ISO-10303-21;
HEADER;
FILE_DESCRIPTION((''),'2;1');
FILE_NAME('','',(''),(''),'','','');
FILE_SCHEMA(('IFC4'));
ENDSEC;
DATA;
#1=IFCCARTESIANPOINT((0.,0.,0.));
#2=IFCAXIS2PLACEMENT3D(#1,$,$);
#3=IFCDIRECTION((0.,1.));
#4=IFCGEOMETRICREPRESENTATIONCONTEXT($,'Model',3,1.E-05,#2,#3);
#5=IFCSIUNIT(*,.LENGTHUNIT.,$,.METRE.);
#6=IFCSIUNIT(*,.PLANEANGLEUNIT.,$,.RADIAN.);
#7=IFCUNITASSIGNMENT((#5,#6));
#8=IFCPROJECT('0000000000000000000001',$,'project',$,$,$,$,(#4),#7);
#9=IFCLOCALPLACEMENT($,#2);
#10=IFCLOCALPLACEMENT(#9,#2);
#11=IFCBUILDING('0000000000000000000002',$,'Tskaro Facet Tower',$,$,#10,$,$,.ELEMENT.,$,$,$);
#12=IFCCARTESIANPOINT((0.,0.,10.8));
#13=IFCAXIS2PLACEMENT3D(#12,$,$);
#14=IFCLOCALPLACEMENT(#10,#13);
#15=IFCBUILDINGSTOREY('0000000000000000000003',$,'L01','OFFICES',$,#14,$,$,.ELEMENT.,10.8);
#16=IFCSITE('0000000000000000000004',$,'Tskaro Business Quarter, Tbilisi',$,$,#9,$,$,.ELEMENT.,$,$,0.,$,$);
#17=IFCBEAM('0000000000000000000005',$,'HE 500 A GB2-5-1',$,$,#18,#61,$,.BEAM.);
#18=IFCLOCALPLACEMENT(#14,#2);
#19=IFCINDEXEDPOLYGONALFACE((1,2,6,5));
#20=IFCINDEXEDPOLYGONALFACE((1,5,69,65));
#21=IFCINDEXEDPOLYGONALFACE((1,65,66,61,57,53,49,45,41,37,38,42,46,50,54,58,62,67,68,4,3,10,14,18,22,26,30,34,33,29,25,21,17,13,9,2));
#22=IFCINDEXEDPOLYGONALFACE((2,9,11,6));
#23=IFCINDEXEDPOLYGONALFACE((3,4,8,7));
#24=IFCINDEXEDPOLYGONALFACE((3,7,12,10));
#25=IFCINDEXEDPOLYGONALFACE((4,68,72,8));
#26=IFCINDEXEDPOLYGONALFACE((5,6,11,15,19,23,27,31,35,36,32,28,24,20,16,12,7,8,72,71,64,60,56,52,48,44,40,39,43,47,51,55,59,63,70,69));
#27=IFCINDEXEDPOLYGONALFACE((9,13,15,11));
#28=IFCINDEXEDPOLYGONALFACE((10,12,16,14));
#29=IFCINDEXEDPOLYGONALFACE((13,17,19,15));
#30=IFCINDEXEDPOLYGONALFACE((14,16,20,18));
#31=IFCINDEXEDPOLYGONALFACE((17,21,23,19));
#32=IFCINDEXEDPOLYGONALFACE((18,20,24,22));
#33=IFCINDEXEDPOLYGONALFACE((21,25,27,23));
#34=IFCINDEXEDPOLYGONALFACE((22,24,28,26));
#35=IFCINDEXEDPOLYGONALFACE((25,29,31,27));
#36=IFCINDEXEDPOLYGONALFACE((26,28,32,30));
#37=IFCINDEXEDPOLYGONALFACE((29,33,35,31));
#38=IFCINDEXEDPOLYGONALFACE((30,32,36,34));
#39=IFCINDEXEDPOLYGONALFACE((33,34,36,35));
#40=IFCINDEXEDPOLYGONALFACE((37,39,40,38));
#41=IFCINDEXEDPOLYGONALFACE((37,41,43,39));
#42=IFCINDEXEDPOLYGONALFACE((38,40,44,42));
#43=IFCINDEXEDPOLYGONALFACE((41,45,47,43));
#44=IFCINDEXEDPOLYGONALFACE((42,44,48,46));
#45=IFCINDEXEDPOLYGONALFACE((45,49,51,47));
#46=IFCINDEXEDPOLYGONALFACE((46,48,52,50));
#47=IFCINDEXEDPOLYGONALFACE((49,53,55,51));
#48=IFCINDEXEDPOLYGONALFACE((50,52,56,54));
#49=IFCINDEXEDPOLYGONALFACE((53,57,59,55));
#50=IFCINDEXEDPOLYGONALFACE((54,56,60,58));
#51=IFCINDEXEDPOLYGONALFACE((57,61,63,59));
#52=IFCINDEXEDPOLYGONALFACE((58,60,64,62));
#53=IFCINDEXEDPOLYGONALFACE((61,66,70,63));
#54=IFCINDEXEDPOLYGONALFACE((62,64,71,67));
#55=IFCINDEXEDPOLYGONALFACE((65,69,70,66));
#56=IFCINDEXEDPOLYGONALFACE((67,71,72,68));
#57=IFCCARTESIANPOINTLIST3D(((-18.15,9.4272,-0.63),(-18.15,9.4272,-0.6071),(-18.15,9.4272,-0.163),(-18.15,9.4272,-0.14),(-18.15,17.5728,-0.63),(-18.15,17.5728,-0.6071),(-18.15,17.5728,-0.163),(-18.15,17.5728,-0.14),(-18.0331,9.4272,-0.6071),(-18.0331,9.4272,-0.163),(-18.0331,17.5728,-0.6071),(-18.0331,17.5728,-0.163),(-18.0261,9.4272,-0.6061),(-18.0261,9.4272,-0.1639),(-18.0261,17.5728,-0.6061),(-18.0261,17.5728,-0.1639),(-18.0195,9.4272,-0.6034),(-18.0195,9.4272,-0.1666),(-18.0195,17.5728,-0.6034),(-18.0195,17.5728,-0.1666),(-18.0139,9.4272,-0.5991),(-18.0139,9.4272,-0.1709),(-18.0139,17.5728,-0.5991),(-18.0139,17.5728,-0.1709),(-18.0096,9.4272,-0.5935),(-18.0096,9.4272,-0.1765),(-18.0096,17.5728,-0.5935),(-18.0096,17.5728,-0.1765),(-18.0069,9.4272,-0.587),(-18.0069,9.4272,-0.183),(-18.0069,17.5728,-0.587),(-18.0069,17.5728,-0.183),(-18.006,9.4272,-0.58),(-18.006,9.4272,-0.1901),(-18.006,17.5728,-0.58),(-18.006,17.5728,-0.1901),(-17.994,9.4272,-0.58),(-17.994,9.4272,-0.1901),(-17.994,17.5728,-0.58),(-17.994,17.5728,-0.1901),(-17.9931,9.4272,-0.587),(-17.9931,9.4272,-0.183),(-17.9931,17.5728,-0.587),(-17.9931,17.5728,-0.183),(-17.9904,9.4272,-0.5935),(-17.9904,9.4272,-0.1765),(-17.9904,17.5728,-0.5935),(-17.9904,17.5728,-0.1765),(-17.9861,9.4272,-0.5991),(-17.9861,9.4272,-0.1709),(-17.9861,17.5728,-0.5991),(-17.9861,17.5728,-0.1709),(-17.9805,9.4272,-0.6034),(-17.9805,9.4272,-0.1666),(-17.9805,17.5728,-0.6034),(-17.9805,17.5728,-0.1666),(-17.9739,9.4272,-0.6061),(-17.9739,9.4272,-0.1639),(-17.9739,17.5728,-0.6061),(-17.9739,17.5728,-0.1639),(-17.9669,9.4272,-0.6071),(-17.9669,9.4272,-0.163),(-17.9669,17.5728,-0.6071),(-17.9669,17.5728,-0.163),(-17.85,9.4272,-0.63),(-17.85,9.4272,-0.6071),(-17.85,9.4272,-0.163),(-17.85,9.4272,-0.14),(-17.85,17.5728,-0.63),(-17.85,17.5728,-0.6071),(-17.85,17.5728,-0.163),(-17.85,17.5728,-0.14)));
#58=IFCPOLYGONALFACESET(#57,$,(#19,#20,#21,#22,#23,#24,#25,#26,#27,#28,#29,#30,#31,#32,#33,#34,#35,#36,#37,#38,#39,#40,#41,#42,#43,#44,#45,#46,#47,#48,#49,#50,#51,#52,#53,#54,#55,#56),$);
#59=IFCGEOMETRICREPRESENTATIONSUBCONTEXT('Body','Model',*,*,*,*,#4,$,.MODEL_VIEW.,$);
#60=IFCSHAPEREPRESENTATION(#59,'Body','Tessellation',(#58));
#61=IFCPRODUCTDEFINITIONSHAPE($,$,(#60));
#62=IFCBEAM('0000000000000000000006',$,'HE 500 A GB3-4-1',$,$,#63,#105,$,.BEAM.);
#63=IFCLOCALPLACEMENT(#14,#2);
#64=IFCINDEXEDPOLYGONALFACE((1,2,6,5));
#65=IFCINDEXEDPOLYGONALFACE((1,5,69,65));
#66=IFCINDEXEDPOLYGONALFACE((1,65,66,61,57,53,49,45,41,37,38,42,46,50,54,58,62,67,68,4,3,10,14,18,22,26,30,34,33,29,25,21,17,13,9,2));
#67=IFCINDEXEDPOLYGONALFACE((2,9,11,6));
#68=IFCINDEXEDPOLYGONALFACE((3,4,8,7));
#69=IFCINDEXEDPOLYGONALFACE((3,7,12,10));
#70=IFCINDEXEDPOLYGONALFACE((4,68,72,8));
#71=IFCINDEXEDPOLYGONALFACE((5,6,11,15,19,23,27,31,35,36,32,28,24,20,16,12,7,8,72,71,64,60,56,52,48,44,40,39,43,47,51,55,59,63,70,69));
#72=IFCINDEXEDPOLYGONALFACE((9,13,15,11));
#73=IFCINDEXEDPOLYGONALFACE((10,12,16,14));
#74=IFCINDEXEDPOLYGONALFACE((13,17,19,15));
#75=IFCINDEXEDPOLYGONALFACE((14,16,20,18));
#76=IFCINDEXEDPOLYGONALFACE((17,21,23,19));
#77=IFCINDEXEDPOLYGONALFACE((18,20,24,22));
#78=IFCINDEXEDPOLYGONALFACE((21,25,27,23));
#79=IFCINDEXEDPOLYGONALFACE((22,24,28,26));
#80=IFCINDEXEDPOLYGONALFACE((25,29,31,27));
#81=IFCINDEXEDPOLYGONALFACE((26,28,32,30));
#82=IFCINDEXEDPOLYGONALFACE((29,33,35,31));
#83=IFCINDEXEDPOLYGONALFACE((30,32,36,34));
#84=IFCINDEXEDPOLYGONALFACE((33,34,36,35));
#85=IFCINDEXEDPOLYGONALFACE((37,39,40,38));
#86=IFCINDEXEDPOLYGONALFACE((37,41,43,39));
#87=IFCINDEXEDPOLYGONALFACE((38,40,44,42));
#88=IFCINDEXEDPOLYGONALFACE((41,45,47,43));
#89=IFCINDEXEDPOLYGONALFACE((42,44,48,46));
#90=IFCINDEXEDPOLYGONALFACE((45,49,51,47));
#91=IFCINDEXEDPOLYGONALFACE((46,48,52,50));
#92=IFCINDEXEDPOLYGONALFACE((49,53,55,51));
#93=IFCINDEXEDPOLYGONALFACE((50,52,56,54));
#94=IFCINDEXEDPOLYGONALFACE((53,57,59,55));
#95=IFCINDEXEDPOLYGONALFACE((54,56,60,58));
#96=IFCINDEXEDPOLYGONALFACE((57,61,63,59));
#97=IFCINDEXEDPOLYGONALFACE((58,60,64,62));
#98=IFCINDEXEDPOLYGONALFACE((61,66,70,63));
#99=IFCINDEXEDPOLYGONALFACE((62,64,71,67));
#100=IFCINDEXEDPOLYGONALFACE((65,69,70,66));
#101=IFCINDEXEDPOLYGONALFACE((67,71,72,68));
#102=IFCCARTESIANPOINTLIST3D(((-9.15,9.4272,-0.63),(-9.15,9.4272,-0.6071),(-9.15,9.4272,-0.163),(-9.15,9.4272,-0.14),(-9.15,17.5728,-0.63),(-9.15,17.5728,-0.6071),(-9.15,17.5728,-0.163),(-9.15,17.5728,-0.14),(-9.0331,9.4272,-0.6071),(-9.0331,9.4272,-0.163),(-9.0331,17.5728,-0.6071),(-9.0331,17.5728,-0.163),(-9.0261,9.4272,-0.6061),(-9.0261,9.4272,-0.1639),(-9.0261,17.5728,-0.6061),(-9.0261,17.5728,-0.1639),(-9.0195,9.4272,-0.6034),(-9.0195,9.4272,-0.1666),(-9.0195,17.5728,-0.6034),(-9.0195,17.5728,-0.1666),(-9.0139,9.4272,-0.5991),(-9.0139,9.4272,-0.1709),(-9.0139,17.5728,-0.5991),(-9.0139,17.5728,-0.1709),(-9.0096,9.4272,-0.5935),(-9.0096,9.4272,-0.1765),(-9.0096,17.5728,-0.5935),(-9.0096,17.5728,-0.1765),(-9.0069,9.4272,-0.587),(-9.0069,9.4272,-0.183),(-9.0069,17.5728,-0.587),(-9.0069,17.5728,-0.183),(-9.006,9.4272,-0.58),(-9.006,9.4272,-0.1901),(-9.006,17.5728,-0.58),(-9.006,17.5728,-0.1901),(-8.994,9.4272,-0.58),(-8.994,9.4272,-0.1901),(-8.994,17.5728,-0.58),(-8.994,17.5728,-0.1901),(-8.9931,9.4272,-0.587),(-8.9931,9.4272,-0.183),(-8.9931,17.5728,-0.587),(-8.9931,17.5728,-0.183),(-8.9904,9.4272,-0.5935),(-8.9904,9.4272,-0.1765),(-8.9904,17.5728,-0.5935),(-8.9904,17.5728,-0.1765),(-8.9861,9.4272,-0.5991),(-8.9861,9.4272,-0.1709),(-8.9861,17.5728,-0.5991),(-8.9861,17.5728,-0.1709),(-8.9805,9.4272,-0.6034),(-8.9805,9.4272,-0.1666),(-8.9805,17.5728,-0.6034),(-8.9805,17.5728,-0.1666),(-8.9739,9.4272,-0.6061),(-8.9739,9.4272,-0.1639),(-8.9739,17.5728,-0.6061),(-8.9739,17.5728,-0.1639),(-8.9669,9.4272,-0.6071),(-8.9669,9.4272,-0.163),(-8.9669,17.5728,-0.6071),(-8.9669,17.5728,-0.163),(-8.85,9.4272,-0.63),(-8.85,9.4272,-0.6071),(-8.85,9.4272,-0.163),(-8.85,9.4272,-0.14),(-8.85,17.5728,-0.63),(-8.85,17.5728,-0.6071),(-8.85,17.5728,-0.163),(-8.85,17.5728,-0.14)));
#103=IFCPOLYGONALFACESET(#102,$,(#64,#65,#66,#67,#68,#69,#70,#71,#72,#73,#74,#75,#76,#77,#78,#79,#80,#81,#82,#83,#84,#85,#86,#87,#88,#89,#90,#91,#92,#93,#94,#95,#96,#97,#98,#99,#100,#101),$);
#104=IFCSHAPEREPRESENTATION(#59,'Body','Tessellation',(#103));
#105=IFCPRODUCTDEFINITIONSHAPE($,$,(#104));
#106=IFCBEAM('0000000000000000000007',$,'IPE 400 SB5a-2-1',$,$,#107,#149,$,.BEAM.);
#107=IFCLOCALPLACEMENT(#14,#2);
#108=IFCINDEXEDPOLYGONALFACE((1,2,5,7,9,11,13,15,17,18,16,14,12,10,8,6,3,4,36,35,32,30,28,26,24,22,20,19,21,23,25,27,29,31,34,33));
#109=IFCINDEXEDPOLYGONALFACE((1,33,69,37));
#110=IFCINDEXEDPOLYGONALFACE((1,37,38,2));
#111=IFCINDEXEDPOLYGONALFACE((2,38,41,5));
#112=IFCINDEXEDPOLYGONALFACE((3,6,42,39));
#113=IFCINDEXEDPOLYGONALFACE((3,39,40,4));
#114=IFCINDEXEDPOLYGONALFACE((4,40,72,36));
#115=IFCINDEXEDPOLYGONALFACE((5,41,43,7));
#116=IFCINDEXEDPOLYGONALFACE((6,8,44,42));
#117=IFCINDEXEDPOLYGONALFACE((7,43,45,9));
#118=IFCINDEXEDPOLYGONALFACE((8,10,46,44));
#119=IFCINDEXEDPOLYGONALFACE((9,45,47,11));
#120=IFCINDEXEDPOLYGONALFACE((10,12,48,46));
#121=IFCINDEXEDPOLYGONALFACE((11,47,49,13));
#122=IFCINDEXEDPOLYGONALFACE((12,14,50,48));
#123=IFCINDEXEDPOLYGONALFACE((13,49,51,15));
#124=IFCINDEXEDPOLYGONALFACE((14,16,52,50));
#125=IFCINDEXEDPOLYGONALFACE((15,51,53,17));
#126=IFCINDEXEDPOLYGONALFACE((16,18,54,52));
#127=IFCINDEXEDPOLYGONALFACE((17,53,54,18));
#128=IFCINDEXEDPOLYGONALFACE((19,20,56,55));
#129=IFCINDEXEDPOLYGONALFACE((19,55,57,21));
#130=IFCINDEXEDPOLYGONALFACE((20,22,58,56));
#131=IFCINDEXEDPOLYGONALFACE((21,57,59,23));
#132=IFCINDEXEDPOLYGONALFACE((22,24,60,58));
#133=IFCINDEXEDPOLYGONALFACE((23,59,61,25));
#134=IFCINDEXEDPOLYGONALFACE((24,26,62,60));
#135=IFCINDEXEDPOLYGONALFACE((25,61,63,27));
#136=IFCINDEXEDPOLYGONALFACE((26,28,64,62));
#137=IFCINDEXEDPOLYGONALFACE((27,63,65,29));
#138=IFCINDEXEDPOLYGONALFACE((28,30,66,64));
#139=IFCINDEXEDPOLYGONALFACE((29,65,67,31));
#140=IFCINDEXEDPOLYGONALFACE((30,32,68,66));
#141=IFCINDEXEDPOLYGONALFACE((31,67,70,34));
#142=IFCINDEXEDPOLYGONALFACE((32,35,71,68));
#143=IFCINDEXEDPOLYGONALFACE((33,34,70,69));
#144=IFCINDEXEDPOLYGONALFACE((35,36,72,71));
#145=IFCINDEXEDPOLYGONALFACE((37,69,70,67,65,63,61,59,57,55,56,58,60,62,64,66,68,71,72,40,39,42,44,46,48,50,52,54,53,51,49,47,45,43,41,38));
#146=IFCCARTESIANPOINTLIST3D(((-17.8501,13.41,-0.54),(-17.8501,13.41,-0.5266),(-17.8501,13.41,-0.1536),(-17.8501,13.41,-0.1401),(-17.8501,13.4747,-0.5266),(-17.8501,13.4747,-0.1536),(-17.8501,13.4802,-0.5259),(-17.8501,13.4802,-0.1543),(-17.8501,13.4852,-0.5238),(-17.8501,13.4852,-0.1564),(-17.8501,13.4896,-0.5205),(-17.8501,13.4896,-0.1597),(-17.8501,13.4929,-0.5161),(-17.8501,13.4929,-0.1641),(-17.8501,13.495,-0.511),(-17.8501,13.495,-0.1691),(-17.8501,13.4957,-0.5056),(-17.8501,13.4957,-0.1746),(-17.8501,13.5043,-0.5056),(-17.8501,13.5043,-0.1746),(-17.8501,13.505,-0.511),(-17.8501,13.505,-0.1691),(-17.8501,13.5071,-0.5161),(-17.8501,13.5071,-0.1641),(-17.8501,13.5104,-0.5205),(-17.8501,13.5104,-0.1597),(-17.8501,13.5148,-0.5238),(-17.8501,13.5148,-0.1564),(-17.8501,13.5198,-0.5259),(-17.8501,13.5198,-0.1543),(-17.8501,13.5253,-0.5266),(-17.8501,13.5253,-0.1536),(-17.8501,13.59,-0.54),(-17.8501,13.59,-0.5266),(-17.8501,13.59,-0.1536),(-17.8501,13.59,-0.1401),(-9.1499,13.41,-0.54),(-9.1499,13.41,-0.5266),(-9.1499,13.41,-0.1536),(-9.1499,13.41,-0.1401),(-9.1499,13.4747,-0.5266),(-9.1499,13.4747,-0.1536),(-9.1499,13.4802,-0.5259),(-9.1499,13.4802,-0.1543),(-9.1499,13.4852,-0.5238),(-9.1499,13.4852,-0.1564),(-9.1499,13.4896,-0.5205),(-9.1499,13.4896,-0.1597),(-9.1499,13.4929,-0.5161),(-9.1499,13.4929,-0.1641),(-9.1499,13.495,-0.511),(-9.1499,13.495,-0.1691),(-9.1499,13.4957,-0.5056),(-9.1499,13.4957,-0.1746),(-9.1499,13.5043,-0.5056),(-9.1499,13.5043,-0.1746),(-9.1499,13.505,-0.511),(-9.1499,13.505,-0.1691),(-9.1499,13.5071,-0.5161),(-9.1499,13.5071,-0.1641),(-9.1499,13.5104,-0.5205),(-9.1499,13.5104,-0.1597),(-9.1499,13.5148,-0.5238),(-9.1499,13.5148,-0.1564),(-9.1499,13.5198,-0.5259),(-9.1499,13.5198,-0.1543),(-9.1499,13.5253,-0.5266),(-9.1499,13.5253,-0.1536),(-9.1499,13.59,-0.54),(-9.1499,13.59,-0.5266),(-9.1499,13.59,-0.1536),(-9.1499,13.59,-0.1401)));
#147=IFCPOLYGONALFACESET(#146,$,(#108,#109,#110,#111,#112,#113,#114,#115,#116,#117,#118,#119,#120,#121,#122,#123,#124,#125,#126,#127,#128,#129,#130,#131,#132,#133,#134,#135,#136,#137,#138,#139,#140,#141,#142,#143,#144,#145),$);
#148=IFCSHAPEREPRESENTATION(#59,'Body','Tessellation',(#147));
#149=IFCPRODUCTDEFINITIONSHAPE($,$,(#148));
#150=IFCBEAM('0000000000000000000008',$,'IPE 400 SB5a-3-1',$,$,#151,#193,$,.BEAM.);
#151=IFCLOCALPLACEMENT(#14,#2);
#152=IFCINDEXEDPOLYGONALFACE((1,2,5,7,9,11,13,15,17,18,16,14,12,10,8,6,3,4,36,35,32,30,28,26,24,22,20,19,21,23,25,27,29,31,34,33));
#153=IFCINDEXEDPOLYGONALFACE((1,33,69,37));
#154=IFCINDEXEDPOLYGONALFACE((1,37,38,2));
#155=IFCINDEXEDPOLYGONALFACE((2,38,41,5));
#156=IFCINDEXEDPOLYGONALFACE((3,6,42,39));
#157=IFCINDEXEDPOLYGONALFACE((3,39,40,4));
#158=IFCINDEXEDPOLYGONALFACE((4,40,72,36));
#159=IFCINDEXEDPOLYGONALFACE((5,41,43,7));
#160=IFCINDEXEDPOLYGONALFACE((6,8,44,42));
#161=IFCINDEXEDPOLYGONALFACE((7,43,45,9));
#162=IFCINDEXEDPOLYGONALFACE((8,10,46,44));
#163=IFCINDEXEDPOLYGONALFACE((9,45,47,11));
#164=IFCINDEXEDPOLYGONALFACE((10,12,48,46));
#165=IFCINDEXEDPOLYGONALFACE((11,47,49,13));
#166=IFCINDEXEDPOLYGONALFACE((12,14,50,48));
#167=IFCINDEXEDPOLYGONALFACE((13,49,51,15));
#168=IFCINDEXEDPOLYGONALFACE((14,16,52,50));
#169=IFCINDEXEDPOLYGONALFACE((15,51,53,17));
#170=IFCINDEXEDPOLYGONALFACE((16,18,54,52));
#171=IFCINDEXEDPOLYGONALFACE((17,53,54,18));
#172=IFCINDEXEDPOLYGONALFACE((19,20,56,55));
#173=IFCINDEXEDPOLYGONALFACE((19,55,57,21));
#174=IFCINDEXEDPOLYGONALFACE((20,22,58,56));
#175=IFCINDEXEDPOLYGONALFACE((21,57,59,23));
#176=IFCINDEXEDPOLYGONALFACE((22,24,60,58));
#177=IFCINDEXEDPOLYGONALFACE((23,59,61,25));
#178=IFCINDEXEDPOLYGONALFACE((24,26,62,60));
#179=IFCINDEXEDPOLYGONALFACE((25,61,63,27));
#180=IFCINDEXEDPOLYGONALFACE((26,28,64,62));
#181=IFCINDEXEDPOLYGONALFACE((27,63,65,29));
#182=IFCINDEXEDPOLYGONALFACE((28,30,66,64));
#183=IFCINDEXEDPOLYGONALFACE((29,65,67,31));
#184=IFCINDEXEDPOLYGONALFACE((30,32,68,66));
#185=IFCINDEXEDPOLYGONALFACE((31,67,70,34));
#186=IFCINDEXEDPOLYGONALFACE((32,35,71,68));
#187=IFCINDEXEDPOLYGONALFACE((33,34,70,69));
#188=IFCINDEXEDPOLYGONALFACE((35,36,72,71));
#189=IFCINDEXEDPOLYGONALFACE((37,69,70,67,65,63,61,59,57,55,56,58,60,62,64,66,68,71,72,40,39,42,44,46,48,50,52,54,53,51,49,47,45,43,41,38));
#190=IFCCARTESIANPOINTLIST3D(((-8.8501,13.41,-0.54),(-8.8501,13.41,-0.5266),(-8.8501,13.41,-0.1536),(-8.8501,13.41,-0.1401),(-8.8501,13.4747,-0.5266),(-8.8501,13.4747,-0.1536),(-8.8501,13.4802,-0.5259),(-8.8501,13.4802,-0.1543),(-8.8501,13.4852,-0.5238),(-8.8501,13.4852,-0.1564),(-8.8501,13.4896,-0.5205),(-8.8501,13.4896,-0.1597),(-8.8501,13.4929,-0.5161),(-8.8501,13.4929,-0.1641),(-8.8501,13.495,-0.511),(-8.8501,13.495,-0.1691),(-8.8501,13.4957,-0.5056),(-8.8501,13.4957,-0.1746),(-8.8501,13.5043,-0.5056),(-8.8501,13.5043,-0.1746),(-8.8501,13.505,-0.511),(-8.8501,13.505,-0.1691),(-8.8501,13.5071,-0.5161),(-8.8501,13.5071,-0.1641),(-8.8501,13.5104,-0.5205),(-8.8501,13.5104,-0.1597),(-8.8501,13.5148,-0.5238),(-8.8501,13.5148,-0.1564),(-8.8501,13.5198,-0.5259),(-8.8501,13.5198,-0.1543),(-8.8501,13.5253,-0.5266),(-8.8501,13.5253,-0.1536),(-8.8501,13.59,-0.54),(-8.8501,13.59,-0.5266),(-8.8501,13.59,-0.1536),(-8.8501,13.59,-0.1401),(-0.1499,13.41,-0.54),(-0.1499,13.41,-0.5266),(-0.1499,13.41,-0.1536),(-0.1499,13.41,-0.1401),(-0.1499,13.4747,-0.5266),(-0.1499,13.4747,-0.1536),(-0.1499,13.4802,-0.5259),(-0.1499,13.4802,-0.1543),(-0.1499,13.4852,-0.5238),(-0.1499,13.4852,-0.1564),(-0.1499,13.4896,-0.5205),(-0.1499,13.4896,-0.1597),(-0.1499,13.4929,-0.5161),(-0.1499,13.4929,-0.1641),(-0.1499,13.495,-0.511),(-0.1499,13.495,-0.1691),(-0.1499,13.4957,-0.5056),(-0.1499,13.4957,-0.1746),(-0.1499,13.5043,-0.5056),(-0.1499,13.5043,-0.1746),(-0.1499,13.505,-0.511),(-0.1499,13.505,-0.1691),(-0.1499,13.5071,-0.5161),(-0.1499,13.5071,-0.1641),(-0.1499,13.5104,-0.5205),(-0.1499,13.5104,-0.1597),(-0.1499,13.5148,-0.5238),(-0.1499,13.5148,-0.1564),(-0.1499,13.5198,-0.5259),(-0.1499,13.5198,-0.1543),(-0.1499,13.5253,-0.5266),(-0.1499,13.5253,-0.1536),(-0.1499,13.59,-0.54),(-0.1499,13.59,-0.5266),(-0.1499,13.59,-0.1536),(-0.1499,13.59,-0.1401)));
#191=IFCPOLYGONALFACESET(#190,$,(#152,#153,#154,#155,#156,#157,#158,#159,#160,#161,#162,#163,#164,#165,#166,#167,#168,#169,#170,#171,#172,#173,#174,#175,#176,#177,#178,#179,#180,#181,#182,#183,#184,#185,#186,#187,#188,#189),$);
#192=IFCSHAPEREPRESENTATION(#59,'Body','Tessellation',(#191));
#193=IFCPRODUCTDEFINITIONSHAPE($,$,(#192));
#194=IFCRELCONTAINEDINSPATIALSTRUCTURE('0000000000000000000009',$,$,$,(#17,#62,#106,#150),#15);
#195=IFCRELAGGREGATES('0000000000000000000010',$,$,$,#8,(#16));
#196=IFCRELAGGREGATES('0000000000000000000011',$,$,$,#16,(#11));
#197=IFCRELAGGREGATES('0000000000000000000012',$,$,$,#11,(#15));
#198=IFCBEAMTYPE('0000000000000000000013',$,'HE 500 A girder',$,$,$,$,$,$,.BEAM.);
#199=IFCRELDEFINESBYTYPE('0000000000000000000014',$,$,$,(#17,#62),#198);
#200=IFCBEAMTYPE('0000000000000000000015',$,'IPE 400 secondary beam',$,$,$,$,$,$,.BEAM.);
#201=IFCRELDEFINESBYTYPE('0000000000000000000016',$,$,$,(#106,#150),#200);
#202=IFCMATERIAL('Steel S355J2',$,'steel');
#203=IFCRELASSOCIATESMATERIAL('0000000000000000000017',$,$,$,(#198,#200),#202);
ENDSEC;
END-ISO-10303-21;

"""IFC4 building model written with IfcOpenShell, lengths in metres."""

from ifc_helpers import new_model, si_unit, direction, frame, origin, origin_2d, place, context, subcontext, project, spatial, i_section, extrude, material, material_profile, profile_set, type_object, element, save


model = new_model("IFC4")

# Units and contexts
model_context = context("Model", 3, precision=1e-05, world=origin(), true_north=direction((0.0, 1.0)))
body_context = subcontext(model_context, "Body", "Model", "MODEL_VIEW")
ifc_project = project(units=[si_unit("LENGTHUNIT", "METRE"), si_unit("PLANEANGLEUNIT", "RADIAN")], contexts=[model_context])

# Site, building, storey
site_placement = place(None, origin())
site = spatial("IfcSite", under=ifc_project, at=site_placement, Name="Tskaro Business Quarter, Tbilisi", CompositionType="ELEMENT", RefElevation=0.0)
building_placement = place(site_placement, origin())
building = spatial("IfcBuilding", under=site, at=building_placement, Name="Tskaro Facet Tower", CompositionType="ELEMENT")
storey_placement = place(building_placement, frame((0.0, 0.0, 10.8)))
storey = spatial("IfcBuildingStorey", under=building, at=storey_placement, Name="L01", Description="OFFICES", CompositionType="ELEMENT", Elevation=10.8)

# Beams
ifc_material_1 = material(Name="Steel S355J2", Category="steel")
ifc_material_profile_1 = material_profile(ifc_material_1, i_section(OverallWidth=0.3, OverallDepth=0.49, WebThickness=0.012, FlangeThickness=0.0229, FilletRadius=0.0271, at=origin_2d()), Name="HE 500 A")
ifc_profile_set_1 = profile_set([ifc_material_profile_1], Name="Steel S355J2")
beam_type_1 = type_object("IfcBeamType", Name="HE 500 A girder", PredefinedType="BEAM", material=ifc_profile_set_1)
for number, where, z_axis, x_axis, name in (
    (1, (-18.0, 9.4272, -0.385), (0.0, 1.0, 0.0), (-1.0, 0.0, 0.0), "HE 500 A GB2-5-1"),
    (2, (-9.0, 9.4272, -0.385), (0.0, 1.0, 0.0), (-1.0, 0.0, 0.0), "HE 500 A GB3-4-1"),
):
    element("IfcBeam", number, at=place(storey_placement, frame(where, z_axis=z_axis, x_axis=x_axis)), inside=storey, type_object=beam_type_1, Name=name, PredefinedType="BEAM", context=body_context, shape_type="SweptSolid", body=[
        extrude(i_section(OverallWidth=0.3, OverallDepth=0.49, WebThickness=0.012, FlangeThickness=0.0229, FilletRadius=0.0271, at=origin_2d()), origin(), (0.0, 0.0, 1.0), 8.1455),
    ])
ifc_material_profile_2 = material_profile(ifc_material_1, i_section(OverallWidth=0.1799, OverallDepth=0.3999, WebThickness=0.0085, FlangeThickness=0.0134, FilletRadius=0.021, at=origin_2d()), Name="IPE 400")
ifc_profile_set_2 = profile_set([ifc_material_profile_2], Name="Steel S355J2")
beam_type_2 = type_object("IfcBeamType", Name="IPE 400 secondary beam", PredefinedType="BEAM", material=ifc_profile_set_2)
for number, where, z_axis, x_axis, name in (
    (3, (-17.8501, 13.5, -0.3401), (1.0, 0.0, 0.0), (0.0, 1.0, 0.0), "IPE 400 SB5a-2-1"),
    (4, (-8.8501, 13.5, -0.3401), (1.0, 0.0, 0.0), (0.0, 1.0, 0.0), "IPE 400 SB5a-3-1"),
):
    element("IfcBeam", number, at=place(storey_placement, frame(where, z_axis=z_axis, x_axis=x_axis)), inside=storey, type_object=beam_type_2, Name=name, PredefinedType="BEAM", context=body_context, shape_type="SweptSolid", body=[
        extrude(i_section(OverallWidth=0.1799, OverallDepth=0.3999, WebThickness=0.0085, FlangeThickness=0.0134, FilletRadius=0.021, at=origin_2d()), origin(), (0.0, 0.0, 1.0), 8.7002),
    ])

save(model, "model.ifc")
